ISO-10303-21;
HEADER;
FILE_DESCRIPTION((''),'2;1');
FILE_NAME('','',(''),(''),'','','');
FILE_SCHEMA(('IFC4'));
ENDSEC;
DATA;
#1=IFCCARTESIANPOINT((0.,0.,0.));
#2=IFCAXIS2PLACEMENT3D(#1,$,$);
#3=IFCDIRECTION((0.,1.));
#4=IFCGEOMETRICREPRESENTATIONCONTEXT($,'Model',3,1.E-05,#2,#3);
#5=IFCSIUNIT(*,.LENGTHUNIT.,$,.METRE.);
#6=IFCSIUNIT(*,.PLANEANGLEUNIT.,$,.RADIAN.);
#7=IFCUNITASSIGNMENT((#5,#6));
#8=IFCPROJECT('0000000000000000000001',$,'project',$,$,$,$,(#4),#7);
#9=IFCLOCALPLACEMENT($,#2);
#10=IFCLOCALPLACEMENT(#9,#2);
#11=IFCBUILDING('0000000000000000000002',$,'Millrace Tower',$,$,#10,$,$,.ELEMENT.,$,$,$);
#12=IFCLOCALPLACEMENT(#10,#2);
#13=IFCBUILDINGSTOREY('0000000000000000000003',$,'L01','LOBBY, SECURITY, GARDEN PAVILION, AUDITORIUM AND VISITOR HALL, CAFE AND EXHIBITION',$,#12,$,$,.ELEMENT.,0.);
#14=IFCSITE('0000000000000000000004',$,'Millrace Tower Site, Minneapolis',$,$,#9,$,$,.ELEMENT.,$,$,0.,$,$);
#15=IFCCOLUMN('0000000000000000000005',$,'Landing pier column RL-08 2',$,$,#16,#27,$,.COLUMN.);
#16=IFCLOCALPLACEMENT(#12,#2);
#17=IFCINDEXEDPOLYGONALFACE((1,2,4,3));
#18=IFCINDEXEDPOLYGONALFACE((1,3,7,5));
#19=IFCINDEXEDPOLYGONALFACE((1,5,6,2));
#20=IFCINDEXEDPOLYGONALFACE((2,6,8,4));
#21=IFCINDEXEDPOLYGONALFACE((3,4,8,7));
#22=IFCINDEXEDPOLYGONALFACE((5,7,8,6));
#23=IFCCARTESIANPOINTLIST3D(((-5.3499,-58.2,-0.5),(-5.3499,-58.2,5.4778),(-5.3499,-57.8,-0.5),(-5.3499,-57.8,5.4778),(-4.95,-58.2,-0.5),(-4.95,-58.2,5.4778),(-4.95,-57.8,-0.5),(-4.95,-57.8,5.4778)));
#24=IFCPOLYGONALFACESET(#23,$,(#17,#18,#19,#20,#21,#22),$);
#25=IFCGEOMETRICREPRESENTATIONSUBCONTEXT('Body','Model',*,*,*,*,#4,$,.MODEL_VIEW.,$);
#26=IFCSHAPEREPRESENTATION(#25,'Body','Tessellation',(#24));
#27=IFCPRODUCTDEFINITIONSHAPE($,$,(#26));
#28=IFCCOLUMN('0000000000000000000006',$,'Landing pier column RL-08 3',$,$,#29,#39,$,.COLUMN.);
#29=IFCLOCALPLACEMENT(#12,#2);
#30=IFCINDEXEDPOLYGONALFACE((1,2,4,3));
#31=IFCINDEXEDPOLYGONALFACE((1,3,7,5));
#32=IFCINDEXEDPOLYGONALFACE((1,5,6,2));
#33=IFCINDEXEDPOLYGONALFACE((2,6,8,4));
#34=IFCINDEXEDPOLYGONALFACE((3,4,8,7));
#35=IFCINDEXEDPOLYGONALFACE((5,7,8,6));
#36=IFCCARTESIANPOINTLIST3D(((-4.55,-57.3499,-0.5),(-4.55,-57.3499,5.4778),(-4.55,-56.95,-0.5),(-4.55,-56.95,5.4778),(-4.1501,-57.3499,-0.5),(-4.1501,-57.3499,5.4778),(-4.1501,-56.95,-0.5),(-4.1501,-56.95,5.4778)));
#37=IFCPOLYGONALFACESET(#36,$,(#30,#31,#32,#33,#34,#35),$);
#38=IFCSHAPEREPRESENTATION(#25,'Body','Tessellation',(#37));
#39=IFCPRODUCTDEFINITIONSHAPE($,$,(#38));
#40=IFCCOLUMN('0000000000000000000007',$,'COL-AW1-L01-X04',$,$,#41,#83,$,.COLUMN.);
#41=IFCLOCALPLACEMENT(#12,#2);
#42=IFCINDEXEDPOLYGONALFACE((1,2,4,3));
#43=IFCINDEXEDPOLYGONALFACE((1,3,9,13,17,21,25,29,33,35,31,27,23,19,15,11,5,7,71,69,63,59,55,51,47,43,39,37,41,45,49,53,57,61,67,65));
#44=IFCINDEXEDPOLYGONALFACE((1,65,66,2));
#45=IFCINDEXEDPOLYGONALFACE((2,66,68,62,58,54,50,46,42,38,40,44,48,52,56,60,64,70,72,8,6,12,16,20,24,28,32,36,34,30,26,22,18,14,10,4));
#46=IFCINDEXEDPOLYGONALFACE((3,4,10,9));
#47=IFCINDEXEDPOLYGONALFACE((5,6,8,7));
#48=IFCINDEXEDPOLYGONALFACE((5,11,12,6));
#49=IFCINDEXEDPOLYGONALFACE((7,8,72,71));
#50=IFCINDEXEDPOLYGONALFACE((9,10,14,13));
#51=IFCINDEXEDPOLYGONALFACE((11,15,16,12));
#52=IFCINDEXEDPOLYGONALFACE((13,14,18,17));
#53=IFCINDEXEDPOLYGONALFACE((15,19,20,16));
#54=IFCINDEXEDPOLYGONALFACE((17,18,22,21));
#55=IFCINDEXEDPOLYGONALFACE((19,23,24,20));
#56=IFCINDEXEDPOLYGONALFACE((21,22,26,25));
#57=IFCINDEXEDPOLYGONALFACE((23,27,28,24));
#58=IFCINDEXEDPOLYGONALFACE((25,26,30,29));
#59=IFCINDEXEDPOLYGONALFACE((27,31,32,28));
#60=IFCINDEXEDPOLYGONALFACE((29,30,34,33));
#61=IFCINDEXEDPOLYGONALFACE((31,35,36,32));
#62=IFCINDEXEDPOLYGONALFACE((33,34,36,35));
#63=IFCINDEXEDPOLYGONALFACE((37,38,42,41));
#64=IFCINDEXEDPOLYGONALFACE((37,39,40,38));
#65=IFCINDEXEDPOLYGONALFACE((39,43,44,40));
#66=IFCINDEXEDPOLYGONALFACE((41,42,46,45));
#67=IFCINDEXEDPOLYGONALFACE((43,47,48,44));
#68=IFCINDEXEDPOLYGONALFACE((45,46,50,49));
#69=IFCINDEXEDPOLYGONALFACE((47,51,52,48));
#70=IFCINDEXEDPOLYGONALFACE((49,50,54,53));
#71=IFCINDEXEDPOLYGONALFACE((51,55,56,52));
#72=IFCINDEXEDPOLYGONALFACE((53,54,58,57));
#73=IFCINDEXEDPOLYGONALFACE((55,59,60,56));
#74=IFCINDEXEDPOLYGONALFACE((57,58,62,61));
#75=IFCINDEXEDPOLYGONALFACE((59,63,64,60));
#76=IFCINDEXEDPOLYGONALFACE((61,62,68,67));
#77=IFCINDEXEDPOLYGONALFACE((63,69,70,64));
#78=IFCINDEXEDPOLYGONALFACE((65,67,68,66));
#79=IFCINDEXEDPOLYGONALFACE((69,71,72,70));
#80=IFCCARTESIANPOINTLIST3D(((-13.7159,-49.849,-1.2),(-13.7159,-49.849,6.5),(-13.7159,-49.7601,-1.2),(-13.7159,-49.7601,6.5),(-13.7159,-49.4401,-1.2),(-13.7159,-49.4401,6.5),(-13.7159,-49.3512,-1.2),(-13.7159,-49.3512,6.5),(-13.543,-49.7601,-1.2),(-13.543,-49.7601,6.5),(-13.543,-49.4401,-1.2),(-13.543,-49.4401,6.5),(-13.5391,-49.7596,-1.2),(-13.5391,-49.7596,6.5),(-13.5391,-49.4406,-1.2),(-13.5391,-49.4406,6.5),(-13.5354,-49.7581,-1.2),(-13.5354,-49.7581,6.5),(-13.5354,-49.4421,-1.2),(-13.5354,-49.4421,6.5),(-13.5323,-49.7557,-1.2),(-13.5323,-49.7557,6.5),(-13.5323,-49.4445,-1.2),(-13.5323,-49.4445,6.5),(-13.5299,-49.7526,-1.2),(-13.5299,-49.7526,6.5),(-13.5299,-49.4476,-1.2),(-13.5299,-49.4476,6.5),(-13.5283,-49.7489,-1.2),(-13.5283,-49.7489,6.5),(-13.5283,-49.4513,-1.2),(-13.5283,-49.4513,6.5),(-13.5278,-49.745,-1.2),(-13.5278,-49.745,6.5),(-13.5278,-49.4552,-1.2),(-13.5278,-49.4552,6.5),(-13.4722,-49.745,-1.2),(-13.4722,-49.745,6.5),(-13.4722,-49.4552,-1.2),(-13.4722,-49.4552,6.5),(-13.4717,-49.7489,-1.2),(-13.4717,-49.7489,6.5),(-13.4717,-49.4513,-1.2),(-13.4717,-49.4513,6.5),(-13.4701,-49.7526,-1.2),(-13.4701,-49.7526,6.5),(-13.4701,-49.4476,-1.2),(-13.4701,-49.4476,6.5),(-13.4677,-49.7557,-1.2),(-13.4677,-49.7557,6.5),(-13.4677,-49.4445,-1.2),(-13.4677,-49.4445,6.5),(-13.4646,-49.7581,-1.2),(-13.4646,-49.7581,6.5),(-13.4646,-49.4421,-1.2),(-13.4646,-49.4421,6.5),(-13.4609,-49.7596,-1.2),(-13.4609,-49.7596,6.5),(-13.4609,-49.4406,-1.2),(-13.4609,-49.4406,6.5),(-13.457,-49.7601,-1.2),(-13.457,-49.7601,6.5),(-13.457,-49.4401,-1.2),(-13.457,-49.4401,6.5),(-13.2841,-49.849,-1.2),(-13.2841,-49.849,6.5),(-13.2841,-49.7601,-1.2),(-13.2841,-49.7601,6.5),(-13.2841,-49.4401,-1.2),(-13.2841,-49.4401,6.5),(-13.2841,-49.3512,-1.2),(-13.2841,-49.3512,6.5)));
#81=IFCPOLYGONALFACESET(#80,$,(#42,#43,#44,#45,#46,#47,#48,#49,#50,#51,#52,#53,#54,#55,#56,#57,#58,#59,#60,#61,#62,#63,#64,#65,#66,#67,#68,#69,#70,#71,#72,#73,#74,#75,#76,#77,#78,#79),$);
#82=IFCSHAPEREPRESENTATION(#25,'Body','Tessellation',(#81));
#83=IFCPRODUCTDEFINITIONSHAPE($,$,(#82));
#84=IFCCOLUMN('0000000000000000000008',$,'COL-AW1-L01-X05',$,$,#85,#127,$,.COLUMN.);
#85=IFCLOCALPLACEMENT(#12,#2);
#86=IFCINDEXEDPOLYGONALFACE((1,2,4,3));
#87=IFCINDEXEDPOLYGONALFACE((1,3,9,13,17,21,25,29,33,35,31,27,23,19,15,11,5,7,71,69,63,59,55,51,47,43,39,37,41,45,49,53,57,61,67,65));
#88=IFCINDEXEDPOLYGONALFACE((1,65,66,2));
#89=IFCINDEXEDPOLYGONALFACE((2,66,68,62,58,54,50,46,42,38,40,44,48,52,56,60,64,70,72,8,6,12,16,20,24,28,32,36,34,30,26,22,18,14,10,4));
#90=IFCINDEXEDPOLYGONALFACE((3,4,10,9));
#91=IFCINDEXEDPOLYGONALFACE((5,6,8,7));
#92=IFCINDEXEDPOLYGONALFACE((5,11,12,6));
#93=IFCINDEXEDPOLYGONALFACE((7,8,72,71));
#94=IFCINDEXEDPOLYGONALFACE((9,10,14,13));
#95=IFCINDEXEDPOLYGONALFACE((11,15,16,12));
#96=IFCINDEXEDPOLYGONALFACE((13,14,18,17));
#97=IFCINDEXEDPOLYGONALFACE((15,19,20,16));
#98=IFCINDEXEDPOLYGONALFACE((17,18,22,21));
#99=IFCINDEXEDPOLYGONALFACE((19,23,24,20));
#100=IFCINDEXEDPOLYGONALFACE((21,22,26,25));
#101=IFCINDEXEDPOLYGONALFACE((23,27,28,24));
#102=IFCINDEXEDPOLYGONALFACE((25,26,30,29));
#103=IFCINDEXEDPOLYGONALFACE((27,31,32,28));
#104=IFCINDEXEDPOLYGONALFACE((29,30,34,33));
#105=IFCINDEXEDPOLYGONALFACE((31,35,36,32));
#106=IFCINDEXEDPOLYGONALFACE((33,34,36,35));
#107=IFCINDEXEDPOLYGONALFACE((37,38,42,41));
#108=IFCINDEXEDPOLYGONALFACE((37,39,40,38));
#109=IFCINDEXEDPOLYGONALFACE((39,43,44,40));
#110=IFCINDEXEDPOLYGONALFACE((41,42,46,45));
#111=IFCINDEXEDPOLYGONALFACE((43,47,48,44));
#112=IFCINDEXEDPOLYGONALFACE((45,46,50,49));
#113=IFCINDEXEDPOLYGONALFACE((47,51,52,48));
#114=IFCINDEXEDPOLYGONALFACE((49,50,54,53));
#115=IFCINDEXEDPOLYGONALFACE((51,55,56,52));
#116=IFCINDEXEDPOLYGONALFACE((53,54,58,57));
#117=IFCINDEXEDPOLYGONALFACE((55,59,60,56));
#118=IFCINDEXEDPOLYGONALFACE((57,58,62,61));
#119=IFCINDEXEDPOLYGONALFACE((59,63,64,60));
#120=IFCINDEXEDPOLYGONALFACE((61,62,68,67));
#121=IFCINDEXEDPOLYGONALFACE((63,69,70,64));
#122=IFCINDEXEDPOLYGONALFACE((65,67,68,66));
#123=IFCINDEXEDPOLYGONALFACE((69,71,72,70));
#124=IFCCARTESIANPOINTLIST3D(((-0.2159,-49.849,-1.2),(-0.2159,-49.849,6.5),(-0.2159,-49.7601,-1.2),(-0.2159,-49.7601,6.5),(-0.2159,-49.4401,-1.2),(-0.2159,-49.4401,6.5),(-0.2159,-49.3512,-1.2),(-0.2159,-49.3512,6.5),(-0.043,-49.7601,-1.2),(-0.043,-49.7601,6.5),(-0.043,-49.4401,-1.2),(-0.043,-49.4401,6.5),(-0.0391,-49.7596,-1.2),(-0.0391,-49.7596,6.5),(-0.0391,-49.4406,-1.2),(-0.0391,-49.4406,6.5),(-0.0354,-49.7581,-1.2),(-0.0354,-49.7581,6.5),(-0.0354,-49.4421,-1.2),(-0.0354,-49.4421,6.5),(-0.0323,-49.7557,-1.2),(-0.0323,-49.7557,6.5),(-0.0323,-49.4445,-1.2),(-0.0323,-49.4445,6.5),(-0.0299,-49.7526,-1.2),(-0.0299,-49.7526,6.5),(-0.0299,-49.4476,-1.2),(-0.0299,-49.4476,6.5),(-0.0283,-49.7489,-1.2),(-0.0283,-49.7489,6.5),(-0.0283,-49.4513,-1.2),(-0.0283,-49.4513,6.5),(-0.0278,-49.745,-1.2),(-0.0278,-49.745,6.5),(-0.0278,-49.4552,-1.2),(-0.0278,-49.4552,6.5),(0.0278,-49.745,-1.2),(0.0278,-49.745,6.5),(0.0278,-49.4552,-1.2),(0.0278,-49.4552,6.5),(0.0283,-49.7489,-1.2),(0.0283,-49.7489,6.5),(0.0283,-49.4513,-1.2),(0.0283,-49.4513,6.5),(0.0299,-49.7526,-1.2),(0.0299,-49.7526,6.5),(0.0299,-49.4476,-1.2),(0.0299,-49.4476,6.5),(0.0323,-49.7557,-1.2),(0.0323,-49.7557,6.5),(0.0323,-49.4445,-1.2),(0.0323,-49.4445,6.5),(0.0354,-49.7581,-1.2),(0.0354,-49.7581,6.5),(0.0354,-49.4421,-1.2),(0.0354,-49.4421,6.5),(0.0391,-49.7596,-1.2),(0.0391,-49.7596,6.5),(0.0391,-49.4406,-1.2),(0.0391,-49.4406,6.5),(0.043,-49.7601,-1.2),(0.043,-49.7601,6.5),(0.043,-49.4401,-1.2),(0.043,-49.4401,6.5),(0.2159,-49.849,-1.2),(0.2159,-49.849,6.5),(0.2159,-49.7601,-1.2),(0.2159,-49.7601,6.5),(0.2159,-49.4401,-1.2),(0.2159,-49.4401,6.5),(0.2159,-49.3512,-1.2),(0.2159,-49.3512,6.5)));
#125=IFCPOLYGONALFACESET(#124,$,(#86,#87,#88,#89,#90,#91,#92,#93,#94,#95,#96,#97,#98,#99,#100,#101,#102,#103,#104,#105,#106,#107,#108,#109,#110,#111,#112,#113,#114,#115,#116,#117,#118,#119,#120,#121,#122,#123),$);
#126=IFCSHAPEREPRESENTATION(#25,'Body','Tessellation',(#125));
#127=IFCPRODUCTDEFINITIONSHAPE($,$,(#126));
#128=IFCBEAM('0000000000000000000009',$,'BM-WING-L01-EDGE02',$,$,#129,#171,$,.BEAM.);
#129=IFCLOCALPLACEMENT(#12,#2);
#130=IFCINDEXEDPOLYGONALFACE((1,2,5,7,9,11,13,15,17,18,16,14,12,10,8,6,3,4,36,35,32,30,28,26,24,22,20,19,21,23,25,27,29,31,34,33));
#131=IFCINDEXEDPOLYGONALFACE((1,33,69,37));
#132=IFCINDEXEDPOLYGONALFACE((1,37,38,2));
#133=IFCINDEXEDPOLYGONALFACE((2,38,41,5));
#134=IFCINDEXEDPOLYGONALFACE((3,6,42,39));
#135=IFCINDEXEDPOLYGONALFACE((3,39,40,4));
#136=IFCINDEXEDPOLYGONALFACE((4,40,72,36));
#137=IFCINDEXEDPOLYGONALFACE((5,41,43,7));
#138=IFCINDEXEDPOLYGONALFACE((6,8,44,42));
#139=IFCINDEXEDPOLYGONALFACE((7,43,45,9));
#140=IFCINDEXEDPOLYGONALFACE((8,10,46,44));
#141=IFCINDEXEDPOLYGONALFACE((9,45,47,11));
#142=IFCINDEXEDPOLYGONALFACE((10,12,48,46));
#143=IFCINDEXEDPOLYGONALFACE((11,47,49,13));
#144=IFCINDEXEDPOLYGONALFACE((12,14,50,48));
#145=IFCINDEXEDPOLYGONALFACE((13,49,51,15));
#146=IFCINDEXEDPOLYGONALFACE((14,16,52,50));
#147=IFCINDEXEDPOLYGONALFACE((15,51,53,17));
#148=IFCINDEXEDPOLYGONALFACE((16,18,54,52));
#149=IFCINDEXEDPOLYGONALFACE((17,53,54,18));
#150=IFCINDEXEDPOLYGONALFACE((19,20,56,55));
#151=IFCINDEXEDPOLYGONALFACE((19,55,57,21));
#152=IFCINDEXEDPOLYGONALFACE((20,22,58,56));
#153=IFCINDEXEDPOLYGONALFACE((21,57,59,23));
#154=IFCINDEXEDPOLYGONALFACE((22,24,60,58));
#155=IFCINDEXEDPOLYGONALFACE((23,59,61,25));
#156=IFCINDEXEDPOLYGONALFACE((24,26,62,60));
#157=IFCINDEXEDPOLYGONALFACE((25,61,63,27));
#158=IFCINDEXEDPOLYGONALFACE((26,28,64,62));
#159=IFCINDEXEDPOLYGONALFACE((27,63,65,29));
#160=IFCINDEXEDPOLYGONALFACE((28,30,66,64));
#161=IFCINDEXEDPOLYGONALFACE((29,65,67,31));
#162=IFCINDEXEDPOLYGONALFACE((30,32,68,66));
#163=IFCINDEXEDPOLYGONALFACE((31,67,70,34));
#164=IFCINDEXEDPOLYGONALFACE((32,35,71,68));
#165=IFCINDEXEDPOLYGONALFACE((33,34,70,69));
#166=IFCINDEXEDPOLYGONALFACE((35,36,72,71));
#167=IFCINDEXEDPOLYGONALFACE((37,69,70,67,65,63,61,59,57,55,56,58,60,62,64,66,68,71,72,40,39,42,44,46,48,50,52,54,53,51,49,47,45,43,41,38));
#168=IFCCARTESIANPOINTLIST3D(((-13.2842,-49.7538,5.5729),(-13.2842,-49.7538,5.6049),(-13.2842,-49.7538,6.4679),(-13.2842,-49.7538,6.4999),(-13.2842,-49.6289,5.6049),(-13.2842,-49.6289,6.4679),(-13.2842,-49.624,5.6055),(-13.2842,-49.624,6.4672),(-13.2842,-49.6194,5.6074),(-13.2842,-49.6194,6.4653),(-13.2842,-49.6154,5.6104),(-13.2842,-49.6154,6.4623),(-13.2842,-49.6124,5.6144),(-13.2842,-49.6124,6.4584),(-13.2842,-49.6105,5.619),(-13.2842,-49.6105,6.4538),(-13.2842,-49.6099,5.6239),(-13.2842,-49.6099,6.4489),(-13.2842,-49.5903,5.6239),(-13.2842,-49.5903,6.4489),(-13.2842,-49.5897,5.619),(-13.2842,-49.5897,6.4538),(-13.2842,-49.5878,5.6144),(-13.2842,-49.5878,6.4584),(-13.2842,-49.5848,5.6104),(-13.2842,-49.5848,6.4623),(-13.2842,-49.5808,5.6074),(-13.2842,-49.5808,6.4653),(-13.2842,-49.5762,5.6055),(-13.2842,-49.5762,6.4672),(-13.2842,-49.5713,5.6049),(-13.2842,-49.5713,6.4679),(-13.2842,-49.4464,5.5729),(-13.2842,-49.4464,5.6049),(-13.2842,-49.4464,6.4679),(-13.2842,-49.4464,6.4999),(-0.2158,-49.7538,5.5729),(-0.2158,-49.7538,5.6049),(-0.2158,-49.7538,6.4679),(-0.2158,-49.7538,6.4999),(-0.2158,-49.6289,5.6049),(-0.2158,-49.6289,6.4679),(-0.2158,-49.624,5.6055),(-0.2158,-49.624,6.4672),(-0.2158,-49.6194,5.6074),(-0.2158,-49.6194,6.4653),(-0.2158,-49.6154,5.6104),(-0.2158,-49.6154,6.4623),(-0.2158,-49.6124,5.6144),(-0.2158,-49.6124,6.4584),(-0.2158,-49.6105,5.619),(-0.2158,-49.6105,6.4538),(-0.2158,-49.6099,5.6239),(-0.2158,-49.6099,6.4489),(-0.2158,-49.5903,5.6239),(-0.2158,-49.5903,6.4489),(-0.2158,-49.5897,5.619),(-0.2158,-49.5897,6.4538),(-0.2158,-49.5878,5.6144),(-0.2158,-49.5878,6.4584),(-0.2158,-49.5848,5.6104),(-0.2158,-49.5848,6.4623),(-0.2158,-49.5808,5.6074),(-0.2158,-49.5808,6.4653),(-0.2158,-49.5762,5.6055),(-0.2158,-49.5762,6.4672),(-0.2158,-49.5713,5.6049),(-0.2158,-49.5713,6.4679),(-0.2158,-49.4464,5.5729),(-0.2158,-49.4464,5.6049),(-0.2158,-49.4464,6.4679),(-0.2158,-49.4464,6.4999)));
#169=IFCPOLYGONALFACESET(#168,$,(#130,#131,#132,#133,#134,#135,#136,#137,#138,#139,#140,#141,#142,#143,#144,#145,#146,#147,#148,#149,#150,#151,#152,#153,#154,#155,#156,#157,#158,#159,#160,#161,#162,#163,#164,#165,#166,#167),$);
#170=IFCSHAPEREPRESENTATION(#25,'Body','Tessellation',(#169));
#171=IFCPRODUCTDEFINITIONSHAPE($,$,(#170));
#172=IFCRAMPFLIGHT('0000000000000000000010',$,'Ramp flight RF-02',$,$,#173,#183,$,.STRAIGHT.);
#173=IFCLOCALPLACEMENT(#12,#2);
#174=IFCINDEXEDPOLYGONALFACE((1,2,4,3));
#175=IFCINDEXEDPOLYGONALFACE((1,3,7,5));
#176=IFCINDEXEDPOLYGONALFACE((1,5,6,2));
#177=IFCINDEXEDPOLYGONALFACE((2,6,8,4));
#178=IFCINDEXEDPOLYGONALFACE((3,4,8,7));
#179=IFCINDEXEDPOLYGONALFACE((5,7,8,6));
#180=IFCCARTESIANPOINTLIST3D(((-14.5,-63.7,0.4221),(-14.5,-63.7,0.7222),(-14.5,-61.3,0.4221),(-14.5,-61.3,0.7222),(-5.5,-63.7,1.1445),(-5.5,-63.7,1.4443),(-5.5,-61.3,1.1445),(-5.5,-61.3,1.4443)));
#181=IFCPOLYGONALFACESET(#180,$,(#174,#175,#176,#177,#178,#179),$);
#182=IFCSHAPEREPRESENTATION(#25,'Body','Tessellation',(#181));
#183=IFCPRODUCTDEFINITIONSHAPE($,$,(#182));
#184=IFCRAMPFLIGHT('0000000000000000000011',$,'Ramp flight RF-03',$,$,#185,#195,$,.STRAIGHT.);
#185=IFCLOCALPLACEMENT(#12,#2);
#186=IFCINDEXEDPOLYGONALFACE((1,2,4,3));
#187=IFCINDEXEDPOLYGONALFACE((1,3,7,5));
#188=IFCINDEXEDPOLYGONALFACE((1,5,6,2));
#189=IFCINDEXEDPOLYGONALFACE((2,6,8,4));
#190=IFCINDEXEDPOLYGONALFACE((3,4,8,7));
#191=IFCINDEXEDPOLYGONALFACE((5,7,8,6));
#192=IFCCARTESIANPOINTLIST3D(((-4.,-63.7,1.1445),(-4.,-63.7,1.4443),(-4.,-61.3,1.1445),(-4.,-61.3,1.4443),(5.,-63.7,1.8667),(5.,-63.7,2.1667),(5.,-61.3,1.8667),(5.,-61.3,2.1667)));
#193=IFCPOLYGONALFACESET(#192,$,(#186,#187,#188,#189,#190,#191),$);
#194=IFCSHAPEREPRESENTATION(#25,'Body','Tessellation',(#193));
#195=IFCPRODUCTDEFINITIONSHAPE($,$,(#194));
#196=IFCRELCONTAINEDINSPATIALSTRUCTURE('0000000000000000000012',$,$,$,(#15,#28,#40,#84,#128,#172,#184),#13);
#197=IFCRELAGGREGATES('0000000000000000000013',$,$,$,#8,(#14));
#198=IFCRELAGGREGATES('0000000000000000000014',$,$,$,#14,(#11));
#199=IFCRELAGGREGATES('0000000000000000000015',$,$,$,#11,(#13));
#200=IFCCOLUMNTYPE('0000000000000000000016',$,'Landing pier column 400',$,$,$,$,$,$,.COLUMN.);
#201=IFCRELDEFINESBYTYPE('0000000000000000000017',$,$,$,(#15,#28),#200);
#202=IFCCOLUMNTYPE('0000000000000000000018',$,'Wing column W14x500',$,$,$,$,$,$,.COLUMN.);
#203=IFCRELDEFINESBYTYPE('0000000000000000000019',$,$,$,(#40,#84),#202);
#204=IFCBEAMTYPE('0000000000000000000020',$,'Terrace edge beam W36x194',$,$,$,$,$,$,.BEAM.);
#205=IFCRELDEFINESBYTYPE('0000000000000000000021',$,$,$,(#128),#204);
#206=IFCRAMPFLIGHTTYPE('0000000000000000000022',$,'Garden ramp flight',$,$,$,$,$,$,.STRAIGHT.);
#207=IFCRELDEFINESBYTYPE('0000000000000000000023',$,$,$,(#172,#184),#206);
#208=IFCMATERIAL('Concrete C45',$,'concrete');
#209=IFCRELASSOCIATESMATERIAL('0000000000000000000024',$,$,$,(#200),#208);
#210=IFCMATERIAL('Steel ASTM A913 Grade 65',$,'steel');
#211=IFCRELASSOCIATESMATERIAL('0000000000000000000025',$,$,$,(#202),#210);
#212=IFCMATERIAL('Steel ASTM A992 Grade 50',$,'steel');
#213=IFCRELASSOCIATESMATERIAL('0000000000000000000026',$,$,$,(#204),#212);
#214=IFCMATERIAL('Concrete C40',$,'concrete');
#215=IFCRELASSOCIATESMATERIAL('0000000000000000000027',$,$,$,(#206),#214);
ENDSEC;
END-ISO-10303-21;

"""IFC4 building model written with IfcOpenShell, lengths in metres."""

from ifc_helpers import new_model, si_unit, direction, frame, origin, origin_2d, place, context, subcontext, project, spatial, polyline, rectangle, i_section, outline, extrude, material, material_profile, profile_set, type_object, element, save


model = new_model("IFC4")

# Units and contexts
model_context = context("Model", 3, precision=1e-05, world=origin(), true_north=direction((0.0, 1.0)))
body_context = subcontext(model_context, "Body", "Model", "MODEL_VIEW")
ifc_project = project(units=[si_unit("LENGTHUNIT", "METRE"), si_unit("PLANEANGLEUNIT", "RADIAN")], contexts=[model_context])

# Site, building, storey
site_placement = place(None, origin())
site = spatial("IfcSite", under=ifc_project, at=site_placement, Name="Millrace Tower Site, Minneapolis", CompositionType="ELEMENT", RefElevation=0.0)
building_placement = place(site_placement, origin())
building = spatial("IfcBuilding", under=site, at=building_placement, Name="Millrace Tower", CompositionType="ELEMENT")
storey_placement = place(building_placement, origin())
storey = spatial("IfcBuildingStorey", under=building, at=storey_placement, Name="L01", Description="LOBBY, SECURITY, GARDEN PAVILION, AUDITORIUM AND VISITOR HALL, CAFE AND EXHIBITION", CompositionType="ELEMENT", Elevation=0.0)

# Columns
ifc_material_1 = material(Name="Concrete C45", Category="concrete")
ifc_material_profile_1 = material_profile(ifc_material_1, rectangle(XDim=0.3999, YDim=0.3999, at=origin_2d()))
ifc_profile_set_1 = profile_set([ifc_material_profile_1], Name="Concrete C45")
column_type_1 = type_object("IfcColumnType", Name="Landing pier column 400", PredefinedType="COLUMN", material=ifc_profile_set_1)
for number, where, z_axis, x_axis, name in (
    (1, (-5.1499, -58.0, -0.5), (0.0, 0.0, 1.0), (1.0, 0.0, 0.0), "Landing pier column RL-08 2"),
    (2, (-4.3501, -57.1499, -0.5), (0.0, 0.0, 1.0), (1.0, 0.0, 0.0), "Landing pier column RL-08 3"),
):
    element("IfcColumn", number, at=place(storey_placement, frame(where, z_axis=z_axis, x_axis=x_axis)), inside=storey, type_object=column_type_1, Name=name, PredefinedType="COLUMN", context=body_context, shape_type="SweptSolid", body=[
        extrude(rectangle(XDim=0.3999, YDim=0.3999, at=origin_2d()), origin(), (0.0, 0.0, 1.0), 5.9778),
    ])
ifc_material_2 = material(Name="Steel ASTM A913 Grade 65", Category="steel")
ifc_material_profile_2 = material_profile(ifc_material_2, i_section(OverallWidth=0.4319, OverallDepth=0.4978, WebThickness=0.0557, FlangeThickness=0.0889, FilletRadius=0.0151, at=origin_2d()))
ifc_profile_set_2 = profile_set([ifc_material_profile_2], Name="Steel ASTM A913 Grade 65")
column_type_2 = type_object("IfcColumnType", Name="Wing column W14x500", PredefinedType="COLUMN", material=ifc_profile_set_2)
for number, where, z_axis, x_axis, name in (
    (3, (-13.5, -49.6001, -1.2), (0.0, 0.0, 1.0), (1.0, 0.0, 0.0), "COL-AW1-L01-X04"),
    (4, (0.0, -49.6001, -1.2), (0.0, 0.0, 1.0), (1.0, 0.0, 0.0), "COL-AW1-L01-X05"),
):
    element("IfcColumn", number, at=place(storey_placement, frame(where, z_axis=z_axis, x_axis=x_axis)), inside=storey, type_object=column_type_2, Name=name, PredefinedType="COLUMN", context=body_context, shape_type="SweptSolid", body=[
        extrude(i_section(OverallWidth=0.4319, OverallDepth=0.4978, WebThickness=0.0557, FlangeThickness=0.0889, FilletRadius=0.0151, at=origin_2d()), origin(), (0.0, 0.0, 1.0), 7.7),
    ])

# Beam
ifc_material_3 = material(Name="Steel ASTM A992 Grade 50", Category="steel")
ifc_material_profile_3 = material_profile(ifc_material_3, i_section(OverallWidth=0.3074, OverallDepth=0.927, WebThickness=0.0195, FlangeThickness=0.032, FilletRadius=0.019, at=origin_2d()))
ifc_profile_set_3 = profile_set([ifc_material_profile_3], Name="Steel ASTM A992 Grade 50")
beam_type = type_object("IfcBeamType", Name="Terrace edge beam W36x194", PredefinedType="BEAM", material=ifc_profile_set_3)
beam_placement = place(storey_placement, frame((-13.2842, -49.6001, 6.0364), z_axis=(1.0, 0.0, 0.0), x_axis=(0.0, 1.0, 0.0)))
element("IfcBeam", 5, at=beam_placement, inside=storey, type_object=beam_type, Name="BM-WING-L01-EDGE02", PredefinedType="BEAM", context=body_context, shape_type="SweptSolid", body=[
    extrude(i_section(OverallWidth=0.3074, OverallDepth=0.927, WebThickness=0.0195, FlangeThickness=0.032, FilletRadius=0.019, at=origin_2d()), origin(), (0.0, 0.0, 1.0), 13.0684),
])

# Ramp flights
ifc_material_4 = material(Name="Concrete C40", Category="concrete")
ramp_flight_type = type_object("IfcRampFlightType", Name="Garden ramp flight", PredefinedType="STRAIGHT", material=ifc_material_4)
ramp_flight_1_placement = place(storey_placement, frame((-14.5, -62.5, 0.4221), z_axis=(0.0, 0.0, 1.0), x_axis=(1.0, 0.0, 0.0)))
element("IfcRampFlight", 6, at=ramp_flight_1_placement, inside=storey, type_object=ramp_flight_type, Name="Ramp flight RF-02", PredefinedType="STRAIGHT", context=body_context, shape_type="SweptSolid", body=[
    extrude(outline(polyline([(0.0, 0.0), (9.0, 0.7224), (9.0, 1.0222), (0.0, 0.3), (0.0, 0.0)])), frame((0.0, 1.2, 0.0), z_axis=(0.0, -1.0, 0.0), x_axis=(1.0, 0.0, 0.0)), (0.0, 0.0, 1.0), 2.3999),
])
ramp_flight_2_placement = place(storey_placement, frame((-4.0, -62.5, 1.1445), z_axis=(0.0, 0.0, 1.0), x_axis=(1.0, 0.0, 0.0)))
element("IfcRampFlight", 7, at=ramp_flight_2_placement, inside=storey, type_object=ramp_flight_type, Name="Ramp flight RF-03", PredefinedType="STRAIGHT", context=body_context, shape_type="SweptSolid", body=[
    extrude(outline(polyline([(0.0, 0.0), (9.0, 0.7222), (9.0, 1.0222), (0.0, 0.2998), (0.0, 0.0)])), frame((0.0, 1.2, 0.0), z_axis=(0.0, -1.0, 0.0), x_axis=(1.0, 0.0, 0.0)), (0.0, 0.0, 1.0), 2.3999),
])

save(model, "model.ifc")
